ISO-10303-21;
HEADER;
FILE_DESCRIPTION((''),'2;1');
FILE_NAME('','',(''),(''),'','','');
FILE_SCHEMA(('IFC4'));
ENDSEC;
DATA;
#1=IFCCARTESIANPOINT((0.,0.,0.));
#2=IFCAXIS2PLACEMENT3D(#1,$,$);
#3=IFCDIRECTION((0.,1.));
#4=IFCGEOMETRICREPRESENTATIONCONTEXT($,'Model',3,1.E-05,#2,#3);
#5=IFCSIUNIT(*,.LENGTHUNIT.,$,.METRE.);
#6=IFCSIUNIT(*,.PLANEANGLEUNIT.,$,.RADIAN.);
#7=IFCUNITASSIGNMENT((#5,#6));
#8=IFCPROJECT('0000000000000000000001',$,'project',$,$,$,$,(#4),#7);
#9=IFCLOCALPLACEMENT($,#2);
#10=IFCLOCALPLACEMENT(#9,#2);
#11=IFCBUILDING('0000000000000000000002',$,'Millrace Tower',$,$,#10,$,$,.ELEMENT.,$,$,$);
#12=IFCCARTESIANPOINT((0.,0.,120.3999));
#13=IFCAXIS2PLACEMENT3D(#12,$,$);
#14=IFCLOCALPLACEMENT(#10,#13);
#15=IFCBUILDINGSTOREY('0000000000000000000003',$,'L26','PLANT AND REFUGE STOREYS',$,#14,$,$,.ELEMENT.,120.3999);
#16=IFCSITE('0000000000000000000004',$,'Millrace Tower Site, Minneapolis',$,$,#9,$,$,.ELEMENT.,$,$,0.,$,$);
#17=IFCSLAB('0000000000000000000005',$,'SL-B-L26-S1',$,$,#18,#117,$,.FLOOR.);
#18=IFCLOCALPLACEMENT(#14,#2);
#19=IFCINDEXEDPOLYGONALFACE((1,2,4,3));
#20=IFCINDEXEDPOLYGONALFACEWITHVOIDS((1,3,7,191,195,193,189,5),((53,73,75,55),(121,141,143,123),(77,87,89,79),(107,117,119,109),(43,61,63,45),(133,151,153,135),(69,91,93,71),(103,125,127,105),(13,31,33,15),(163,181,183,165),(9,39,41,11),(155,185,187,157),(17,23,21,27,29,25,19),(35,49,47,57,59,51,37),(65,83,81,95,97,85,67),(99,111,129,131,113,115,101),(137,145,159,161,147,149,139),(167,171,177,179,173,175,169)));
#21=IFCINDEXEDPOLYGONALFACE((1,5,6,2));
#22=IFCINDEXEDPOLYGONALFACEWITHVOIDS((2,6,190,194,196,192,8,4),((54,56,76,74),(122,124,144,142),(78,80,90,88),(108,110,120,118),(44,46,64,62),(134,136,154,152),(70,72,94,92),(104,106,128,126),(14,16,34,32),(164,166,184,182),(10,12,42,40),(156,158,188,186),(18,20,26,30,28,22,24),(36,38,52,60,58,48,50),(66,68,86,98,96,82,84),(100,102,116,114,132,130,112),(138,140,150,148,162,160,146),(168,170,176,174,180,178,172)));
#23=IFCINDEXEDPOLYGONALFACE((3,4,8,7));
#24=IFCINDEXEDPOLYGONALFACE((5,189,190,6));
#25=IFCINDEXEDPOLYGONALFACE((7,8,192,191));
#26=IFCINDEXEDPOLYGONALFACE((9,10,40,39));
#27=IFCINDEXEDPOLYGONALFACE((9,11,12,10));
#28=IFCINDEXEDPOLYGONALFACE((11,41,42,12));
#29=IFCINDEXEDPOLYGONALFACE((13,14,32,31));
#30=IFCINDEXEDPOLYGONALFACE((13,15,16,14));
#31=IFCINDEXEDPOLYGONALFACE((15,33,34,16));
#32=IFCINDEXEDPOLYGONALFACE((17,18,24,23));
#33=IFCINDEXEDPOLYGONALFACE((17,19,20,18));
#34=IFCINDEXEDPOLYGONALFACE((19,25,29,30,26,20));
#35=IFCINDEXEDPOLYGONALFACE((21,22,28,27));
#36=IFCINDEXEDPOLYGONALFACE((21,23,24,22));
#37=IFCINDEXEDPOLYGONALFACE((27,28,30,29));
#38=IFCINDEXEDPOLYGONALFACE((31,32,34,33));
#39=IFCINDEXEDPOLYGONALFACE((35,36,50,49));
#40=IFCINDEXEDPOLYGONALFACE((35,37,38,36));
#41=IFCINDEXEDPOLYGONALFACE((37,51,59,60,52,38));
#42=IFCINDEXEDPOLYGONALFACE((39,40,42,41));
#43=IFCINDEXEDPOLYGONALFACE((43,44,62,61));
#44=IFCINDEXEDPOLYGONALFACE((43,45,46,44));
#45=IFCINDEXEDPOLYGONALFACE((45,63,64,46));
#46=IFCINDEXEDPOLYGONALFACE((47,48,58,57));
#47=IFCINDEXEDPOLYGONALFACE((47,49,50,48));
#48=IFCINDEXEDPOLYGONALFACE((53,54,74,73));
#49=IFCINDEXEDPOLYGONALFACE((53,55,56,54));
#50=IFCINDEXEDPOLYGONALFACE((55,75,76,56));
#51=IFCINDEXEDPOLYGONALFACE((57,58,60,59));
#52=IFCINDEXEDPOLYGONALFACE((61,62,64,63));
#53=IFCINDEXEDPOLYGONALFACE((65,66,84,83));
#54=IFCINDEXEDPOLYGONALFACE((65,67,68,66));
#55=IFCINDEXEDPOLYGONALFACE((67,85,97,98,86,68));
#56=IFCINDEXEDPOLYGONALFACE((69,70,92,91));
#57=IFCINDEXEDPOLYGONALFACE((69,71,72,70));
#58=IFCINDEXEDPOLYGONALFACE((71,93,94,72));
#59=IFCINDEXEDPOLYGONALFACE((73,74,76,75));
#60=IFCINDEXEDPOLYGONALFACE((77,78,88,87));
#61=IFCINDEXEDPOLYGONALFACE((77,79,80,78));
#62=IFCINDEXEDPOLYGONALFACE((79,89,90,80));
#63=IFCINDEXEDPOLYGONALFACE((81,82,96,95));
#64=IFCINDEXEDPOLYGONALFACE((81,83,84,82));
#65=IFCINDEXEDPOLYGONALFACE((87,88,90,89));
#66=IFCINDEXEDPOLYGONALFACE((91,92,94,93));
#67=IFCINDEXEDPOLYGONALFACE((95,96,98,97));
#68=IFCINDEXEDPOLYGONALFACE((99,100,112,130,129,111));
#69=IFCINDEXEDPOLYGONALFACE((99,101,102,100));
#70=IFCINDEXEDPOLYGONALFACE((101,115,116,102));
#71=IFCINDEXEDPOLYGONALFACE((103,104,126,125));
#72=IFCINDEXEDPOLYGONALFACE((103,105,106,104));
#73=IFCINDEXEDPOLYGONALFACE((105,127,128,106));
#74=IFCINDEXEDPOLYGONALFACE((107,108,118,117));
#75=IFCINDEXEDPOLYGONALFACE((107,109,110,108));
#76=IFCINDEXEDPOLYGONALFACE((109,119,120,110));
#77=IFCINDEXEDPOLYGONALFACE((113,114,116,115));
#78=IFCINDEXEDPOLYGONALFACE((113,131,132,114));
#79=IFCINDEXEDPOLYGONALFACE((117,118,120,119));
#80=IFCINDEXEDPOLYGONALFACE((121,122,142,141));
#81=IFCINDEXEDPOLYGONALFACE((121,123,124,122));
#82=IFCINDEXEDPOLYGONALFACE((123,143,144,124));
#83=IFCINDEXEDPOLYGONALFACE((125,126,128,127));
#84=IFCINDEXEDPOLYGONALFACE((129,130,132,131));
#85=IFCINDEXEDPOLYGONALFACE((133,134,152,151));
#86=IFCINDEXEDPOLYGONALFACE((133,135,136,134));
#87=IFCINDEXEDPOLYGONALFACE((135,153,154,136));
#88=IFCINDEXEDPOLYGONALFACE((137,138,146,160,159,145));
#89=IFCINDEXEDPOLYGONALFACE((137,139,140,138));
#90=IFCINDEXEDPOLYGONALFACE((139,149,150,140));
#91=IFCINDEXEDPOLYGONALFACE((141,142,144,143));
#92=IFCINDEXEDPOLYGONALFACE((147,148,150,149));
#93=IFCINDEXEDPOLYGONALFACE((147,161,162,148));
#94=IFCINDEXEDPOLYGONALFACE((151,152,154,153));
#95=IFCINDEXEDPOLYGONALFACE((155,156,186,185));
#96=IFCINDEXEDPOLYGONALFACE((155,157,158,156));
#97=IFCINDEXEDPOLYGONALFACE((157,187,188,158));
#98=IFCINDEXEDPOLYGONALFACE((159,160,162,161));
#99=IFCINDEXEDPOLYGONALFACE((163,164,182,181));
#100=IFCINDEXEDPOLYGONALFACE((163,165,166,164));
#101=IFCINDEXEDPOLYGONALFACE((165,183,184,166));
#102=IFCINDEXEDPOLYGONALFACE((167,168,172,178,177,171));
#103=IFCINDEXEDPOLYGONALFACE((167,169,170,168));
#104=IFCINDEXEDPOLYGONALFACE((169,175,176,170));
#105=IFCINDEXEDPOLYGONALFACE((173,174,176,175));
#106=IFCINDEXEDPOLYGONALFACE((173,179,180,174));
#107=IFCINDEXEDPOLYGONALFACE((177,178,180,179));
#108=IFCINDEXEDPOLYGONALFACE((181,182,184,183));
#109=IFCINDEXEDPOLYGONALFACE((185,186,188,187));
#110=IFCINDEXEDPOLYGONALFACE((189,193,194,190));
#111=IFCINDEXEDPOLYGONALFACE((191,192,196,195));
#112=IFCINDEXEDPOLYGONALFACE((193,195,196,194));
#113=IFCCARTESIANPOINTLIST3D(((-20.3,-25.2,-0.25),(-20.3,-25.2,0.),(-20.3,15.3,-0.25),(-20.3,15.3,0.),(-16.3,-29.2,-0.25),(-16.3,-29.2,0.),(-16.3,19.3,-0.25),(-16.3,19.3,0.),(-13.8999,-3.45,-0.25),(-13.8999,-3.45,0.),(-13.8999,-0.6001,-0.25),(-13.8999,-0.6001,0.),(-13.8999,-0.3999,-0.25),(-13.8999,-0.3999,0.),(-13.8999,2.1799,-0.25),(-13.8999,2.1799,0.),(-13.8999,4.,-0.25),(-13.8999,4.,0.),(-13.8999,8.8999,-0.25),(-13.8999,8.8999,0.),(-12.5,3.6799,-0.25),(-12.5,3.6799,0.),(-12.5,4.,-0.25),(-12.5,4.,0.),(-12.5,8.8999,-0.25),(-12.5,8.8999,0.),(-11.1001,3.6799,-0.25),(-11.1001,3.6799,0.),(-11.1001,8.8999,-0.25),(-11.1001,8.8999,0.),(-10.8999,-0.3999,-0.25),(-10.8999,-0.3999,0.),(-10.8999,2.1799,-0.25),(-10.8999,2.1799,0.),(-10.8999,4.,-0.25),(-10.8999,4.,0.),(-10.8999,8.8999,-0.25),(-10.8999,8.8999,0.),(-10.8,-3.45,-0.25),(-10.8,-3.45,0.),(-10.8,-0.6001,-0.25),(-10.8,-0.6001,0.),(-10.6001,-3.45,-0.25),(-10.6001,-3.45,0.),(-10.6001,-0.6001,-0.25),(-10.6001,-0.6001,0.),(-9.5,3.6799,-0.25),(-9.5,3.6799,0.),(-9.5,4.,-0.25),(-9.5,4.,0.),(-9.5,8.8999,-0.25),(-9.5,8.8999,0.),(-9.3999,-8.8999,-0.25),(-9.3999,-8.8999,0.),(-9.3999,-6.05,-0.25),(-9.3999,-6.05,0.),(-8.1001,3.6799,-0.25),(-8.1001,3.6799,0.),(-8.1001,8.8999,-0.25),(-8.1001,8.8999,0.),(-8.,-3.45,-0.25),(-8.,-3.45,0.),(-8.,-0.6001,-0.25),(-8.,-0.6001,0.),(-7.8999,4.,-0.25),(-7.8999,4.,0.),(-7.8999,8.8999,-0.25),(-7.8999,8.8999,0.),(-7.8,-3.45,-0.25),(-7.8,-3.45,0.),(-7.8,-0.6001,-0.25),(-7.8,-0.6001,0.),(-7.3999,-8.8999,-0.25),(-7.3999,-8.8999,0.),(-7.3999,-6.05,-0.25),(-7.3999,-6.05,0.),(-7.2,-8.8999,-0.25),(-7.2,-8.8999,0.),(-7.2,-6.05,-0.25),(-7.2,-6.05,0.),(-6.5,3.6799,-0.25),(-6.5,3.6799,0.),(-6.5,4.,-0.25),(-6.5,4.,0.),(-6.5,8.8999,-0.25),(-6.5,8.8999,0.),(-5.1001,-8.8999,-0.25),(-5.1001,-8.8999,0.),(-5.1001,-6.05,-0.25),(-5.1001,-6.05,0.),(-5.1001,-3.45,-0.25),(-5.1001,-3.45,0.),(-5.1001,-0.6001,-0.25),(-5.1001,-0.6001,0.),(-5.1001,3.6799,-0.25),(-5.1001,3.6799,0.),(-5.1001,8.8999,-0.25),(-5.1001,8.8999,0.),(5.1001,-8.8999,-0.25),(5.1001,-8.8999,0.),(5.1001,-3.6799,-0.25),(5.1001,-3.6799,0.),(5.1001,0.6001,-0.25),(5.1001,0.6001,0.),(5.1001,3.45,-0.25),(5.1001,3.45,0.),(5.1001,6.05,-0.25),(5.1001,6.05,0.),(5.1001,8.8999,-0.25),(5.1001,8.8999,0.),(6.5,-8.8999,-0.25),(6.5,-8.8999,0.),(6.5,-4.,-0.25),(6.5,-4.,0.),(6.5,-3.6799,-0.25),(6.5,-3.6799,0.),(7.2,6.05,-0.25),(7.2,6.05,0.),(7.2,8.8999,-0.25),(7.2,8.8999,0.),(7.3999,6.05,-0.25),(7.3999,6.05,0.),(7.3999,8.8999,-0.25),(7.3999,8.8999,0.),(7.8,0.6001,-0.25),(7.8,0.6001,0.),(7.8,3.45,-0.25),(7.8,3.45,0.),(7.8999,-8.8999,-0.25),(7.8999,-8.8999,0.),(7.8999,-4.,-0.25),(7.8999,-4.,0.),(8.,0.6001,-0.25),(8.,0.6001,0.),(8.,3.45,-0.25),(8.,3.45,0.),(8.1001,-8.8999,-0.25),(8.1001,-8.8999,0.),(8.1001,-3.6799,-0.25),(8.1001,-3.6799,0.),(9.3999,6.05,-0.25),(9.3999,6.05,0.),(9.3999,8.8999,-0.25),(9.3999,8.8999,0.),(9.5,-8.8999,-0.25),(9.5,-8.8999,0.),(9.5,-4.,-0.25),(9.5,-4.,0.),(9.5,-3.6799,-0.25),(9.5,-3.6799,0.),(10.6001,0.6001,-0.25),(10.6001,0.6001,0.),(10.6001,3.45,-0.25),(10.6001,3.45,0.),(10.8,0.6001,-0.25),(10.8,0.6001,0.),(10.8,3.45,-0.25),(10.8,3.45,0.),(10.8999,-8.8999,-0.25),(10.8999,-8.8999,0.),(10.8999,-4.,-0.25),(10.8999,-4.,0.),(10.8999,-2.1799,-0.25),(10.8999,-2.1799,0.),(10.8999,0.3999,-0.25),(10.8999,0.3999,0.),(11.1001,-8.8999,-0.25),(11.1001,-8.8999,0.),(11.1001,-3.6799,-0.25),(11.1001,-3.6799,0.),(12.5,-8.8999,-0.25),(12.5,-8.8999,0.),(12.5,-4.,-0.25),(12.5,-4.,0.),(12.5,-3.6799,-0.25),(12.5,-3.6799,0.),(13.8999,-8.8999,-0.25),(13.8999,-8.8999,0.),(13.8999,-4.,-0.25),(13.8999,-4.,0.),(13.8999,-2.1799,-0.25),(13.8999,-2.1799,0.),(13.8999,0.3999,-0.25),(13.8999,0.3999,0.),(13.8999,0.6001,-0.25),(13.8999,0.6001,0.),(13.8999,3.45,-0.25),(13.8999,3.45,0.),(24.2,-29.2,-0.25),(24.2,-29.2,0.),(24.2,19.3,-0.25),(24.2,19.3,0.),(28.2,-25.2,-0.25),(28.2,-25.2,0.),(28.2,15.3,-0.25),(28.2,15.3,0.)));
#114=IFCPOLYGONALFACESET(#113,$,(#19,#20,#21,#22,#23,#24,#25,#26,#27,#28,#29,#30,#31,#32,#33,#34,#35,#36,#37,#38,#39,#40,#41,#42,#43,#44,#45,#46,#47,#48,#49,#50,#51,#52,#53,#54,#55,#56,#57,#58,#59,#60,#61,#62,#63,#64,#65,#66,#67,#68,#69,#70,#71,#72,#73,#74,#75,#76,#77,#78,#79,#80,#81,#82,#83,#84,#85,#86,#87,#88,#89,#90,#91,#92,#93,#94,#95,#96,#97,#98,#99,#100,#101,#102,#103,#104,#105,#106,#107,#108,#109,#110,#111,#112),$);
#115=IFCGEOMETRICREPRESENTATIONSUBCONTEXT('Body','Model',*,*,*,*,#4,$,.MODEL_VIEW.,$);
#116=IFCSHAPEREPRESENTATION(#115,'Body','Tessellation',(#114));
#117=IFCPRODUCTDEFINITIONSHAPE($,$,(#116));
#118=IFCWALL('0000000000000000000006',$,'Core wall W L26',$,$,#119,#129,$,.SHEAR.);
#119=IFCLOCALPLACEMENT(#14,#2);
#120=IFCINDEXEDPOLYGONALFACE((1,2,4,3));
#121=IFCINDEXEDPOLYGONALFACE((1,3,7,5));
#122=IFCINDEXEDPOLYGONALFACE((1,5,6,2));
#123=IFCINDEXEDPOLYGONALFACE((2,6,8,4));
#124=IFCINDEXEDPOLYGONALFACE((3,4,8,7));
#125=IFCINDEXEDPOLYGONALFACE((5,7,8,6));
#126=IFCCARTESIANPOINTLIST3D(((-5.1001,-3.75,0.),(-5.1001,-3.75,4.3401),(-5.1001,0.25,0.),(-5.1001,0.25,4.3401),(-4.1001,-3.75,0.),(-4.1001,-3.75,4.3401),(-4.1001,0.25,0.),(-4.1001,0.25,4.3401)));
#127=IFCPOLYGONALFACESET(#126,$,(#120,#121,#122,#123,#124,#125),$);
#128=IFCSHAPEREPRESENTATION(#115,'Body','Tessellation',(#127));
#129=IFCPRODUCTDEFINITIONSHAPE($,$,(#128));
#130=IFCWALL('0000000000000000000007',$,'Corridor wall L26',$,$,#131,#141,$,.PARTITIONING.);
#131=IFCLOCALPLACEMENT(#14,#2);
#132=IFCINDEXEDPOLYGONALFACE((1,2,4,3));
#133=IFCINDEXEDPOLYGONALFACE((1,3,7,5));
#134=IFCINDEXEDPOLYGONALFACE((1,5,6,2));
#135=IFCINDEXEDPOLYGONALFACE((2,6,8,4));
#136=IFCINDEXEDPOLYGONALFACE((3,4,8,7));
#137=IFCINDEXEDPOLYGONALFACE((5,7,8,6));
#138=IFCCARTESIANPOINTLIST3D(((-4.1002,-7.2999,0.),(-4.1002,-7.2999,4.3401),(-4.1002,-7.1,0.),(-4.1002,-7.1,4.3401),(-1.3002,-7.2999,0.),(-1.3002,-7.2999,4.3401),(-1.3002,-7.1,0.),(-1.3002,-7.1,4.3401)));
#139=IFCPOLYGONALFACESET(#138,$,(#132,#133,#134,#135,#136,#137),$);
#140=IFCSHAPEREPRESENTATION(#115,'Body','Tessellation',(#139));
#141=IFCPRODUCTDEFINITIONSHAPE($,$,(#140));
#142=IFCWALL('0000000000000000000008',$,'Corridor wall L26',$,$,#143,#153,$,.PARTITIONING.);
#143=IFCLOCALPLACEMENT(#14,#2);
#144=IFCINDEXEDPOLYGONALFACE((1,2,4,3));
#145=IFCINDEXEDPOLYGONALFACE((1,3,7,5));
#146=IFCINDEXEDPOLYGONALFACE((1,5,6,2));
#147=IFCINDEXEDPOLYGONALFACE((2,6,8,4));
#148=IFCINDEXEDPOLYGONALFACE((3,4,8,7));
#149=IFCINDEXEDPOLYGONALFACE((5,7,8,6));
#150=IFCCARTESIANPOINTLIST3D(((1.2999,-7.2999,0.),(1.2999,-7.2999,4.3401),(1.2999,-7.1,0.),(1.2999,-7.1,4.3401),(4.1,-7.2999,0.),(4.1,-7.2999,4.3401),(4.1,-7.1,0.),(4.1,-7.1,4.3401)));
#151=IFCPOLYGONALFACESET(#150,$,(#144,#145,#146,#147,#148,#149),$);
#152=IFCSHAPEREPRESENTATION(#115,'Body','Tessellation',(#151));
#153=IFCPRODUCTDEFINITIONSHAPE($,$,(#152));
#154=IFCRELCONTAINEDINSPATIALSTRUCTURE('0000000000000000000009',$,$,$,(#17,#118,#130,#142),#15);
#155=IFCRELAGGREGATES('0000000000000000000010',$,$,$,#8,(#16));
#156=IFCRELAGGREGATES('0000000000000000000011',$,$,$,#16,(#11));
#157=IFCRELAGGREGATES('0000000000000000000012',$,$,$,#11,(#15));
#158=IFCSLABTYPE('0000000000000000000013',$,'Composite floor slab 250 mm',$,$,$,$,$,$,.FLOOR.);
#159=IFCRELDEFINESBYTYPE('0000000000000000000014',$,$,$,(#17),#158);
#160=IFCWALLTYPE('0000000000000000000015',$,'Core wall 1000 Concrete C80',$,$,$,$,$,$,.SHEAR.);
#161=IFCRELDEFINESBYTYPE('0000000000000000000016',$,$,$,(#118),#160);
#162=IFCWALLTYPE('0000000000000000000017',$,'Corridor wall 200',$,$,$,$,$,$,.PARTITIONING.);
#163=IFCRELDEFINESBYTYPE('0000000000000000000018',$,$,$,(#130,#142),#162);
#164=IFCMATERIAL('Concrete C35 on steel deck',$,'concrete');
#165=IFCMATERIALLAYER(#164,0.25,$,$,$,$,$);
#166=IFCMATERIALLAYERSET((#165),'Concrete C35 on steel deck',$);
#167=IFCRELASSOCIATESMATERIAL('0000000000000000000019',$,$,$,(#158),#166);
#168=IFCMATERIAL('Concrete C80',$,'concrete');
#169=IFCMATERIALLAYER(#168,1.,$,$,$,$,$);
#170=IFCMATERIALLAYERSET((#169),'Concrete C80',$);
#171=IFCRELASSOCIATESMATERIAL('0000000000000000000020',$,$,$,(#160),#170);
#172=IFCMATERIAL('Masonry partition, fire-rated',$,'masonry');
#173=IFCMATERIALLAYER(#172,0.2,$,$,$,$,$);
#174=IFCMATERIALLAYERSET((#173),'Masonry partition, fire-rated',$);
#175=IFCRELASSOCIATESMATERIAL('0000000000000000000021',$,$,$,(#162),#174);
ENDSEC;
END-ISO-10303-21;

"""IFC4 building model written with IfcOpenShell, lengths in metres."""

from ifc_helpers import new_model, si_unit, direction, frame, frame_2d, origin, place, context, subcontext, project, spatial, polyline, rectangle, outline, extrude, material, layer, layer_set, type_object, element, save


model = new_model("IFC4")

# Units and contexts
model_context = context("Model", 3, precision=1e-05, world=origin(), true_north=direction((0.0, 1.0)))
body_context = subcontext(model_context, "Body", "Model", "MODEL_VIEW")
ifc_project = project(units=[si_unit("LENGTHUNIT", "METRE"), si_unit("PLANEANGLEUNIT", "RADIAN")], contexts=[model_context])

# Site, building, storey
site_placement = place(None, origin())
site = spatial("IfcSite", under=ifc_project, at=site_placement, Name="Millrace Tower Site, Minneapolis", CompositionType="ELEMENT", RefElevation=0.0)
building_placement = place(site_placement, origin())
building = spatial("IfcBuilding", under=site, at=building_placement, Name="Millrace Tower", CompositionType="ELEMENT")
storey_placement = place(building_placement, frame((0.0, 0.0, 120.3999)))
storey = spatial("IfcBuildingStorey", under=building, at=storey_placement, Name="L26", Description="PLANT AND REFUGE STOREYS", CompositionType="ELEMENT", Elevation=120.3999)

# Slab
ifc_material_1 = material(Name="Concrete C35 on steel deck", Category="concrete")
ifc_layer_1 = layer(ifc_material_1, 0.25)
ifc_layer_set_1 = layer_set([ifc_layer_1], Name="Concrete C35 on steel deck")
slab_type = type_object("IfcSlabType", Name="Composite floor slab 250 mm", PredefinedType="FLOOR", material=ifc_layer_set_1)
slab_placement = place(storey_placement, frame((0.0, 0.0, -0.25)))
element("IfcSlab", 1, at=slab_placement, inside=storey, type_object=slab_type, Name="SL-B-L26-S1", PredefinedType="FLOOR", context=body_context, shape_type="SweptSolid", body=[
    extrude(outline(polyline([(-20.3, -25.2), (-16.3, -29.2), (24.2, -29.2), (28.2, -25.2), (28.2, 15.3), (24.2, 19.3), (-16.3, 19.3), (-20.3, 15.3), (-20.3, -25.2)]), holes=[polyline([(-9.3999, -8.8999), (-7.3999, -8.8999), (-7.3999, -6.05), (-9.3999, -6.05), (-9.3999, -8.8999)]), polyline([(-7.2, -8.8999), (-5.1001, -8.8999), (-5.1001, -6.05), (-7.2, -6.05), (-7.2, -8.8999)]), polyline([(-13.8999, -3.45), (-10.8, -3.45), (-10.8, -0.6001), (-13.8999, -0.6001), (-13.8999, -3.45)]), polyline([(-10.6001, -3.45), (-8.0, -3.45), (-8.0, -0.6001), (-10.6001, -0.6001), (-10.6001, -3.45)]), polyline([(-7.8, -3.45), (-5.1001, -3.45), (-5.1001, -0.6001), (-7.8, -0.6001), (-7.8, -3.45)]), polyline([(-13.8999, -0.3999), (-10.8999, -0.3999), (-10.8999, 2.1799), (-13.8999, 2.1799), (-13.8999, -0.3999)]), polyline([(-11.1001, 8.8999), (-12.5, 8.8999), (-13.8999, 8.8999), (-13.8999, 4.0), (-12.5, 4.0), (-12.5, 3.6799), (-11.1001, 3.6799), (-11.1001, 8.8999)]), polyline([(-8.1001, 8.8999), (-9.5, 8.8999), (-10.8999, 8.8999), (-10.8999, 4.0), (-9.5, 4.0), (-9.5, 3.6799), (-8.1001, 3.6799), (-8.1001, 8.8999)]), polyline([(-5.1001, 8.8999), (-6.5, 8.8999), (-7.8999, 8.8999), (-7.8999, 4.0), (-6.5, 4.0), (-6.5, 3.6799), (-5.1001, 3.6799), (-5.1001, 8.8999)]), polyline([(7.3999, 6.05), (9.3999, 6.05), (9.3999, 8.8999), (7.3999, 8.8999), (7.3999, 6.05)]), polyline([(5.1001, 6.05), (7.2, 6.05), (7.2, 8.8999), (5.1001, 8.8999), (5.1001, 6.05)]), polyline([(10.8, 0.6001), (13.8999, 0.6001), (13.8999, 3.45), (10.8, 3.45), (10.8, 0.6001)]), polyline([(8.0, 0.6001), (10.6001, 0.6001), (10.6001, 3.45), (8.0, 3.45), (8.0, 0.6001)]), polyline([(5.1001, 0.6001), (7.8, 0.6001), (7.8, 3.45), (5.1001, 3.45), (5.1001, 0.6001)]), polyline([(10.8999, -2.1799), (13.8999, -2.1799), (13.8999, 0.3999), (10.8999, 0.3999), (10.8999, -2.1799)]), polyline([(13.8999, -4.0), (12.5, -4.0), (12.5, -3.6799), (11.1001, -3.6799), (11.1001, -8.8999), (12.5, -8.8999), (13.8999, -8.8999), (13.8999, -4.0)]), polyline([(10.8999, -4.0), (9.5, -4.0), (9.5, -3.6799), (8.1001, -3.6799), (8.1001, -8.8999), (9.5, -8.8999), (10.8999, -8.8999), (10.8999, -4.0)]), polyline([(7.8999, -4.0), (6.5, -4.0), (6.5, -3.6799), (5.1001, -3.6799), (5.1001, -8.8999), (6.5, -8.8999), (7.8999, -8.8999), (7.8999, -4.0)])]), origin(), (0.0, 0.0, 1.0), 0.25),
])

# Walls
ifc_material_2 = material(Name="Concrete C80", Category="concrete")
ifc_layer_2 = layer(ifc_material_2, 1.0)
ifc_layer_set_2 = layer_set([ifc_layer_2], Name="Concrete C80")
wall_type_1 = type_object("IfcWallType", Name="Core wall 1000 Concrete C80", PredefinedType="SHEAR", material=ifc_layer_set_2)
wall_1_placement = place(storey_placement, frame((-4.6001, -3.75, 0.0), z_axis=(0.0, 0.0, 1.0), x_axis=(0.0, 1.0, 0.0)))
element("IfcWall", 2, at=wall_1_placement, inside=storey, type_object=wall_type_1, Name="Core wall W L26", PredefinedType="SHEAR", context=body_context, shape_type="SweptSolid", body=[
    extrude(rectangle(XDim=4.0, YDim=1.0, at=frame_2d((2.0, 0.0))), origin(), (0.0, 0.0, 1.0), 4.3401),
])
ifc_material_3 = material(Name="Masonry partition, fire-rated", Category="masonry")
ifc_layer_3 = layer(ifc_material_3, 0.2)
ifc_layer_set_3 = layer_set([ifc_layer_3], Name="Masonry partition, fire-rated")
wall_type_2 = type_object("IfcWallType", Name="Corridor wall 200", PredefinedType="PARTITIONING", material=ifc_layer_set_3)
for number, where, z_axis, x_axis, name in (
    (3, (-4.1001, -7.2, 0.0), (0.0, 0.0, 1.0), (1.0, 0.0, 0.0), "Corridor wall L26"),
    (4, (1.3, -7.2, 0.0), (0.0, 0.0, 1.0), (1.0, 0.0, 0.0), "Corridor wall L26"),
):
    element("IfcWall", number, at=place(storey_placement, frame(where, z_axis=z_axis, x_axis=x_axis)), inside=storey, type_object=wall_type_2, Name=name, PredefinedType="PARTITIONING", context=body_context, shape_type="SweptSolid", body=[
        extrude(rectangle(XDim=2.8, YDim=0.2, at=frame_2d((1.3999, 0.0))), origin(), (0.0, 0.0, 1.0), 4.3401),
    ])

save(model, "model.ifc")
